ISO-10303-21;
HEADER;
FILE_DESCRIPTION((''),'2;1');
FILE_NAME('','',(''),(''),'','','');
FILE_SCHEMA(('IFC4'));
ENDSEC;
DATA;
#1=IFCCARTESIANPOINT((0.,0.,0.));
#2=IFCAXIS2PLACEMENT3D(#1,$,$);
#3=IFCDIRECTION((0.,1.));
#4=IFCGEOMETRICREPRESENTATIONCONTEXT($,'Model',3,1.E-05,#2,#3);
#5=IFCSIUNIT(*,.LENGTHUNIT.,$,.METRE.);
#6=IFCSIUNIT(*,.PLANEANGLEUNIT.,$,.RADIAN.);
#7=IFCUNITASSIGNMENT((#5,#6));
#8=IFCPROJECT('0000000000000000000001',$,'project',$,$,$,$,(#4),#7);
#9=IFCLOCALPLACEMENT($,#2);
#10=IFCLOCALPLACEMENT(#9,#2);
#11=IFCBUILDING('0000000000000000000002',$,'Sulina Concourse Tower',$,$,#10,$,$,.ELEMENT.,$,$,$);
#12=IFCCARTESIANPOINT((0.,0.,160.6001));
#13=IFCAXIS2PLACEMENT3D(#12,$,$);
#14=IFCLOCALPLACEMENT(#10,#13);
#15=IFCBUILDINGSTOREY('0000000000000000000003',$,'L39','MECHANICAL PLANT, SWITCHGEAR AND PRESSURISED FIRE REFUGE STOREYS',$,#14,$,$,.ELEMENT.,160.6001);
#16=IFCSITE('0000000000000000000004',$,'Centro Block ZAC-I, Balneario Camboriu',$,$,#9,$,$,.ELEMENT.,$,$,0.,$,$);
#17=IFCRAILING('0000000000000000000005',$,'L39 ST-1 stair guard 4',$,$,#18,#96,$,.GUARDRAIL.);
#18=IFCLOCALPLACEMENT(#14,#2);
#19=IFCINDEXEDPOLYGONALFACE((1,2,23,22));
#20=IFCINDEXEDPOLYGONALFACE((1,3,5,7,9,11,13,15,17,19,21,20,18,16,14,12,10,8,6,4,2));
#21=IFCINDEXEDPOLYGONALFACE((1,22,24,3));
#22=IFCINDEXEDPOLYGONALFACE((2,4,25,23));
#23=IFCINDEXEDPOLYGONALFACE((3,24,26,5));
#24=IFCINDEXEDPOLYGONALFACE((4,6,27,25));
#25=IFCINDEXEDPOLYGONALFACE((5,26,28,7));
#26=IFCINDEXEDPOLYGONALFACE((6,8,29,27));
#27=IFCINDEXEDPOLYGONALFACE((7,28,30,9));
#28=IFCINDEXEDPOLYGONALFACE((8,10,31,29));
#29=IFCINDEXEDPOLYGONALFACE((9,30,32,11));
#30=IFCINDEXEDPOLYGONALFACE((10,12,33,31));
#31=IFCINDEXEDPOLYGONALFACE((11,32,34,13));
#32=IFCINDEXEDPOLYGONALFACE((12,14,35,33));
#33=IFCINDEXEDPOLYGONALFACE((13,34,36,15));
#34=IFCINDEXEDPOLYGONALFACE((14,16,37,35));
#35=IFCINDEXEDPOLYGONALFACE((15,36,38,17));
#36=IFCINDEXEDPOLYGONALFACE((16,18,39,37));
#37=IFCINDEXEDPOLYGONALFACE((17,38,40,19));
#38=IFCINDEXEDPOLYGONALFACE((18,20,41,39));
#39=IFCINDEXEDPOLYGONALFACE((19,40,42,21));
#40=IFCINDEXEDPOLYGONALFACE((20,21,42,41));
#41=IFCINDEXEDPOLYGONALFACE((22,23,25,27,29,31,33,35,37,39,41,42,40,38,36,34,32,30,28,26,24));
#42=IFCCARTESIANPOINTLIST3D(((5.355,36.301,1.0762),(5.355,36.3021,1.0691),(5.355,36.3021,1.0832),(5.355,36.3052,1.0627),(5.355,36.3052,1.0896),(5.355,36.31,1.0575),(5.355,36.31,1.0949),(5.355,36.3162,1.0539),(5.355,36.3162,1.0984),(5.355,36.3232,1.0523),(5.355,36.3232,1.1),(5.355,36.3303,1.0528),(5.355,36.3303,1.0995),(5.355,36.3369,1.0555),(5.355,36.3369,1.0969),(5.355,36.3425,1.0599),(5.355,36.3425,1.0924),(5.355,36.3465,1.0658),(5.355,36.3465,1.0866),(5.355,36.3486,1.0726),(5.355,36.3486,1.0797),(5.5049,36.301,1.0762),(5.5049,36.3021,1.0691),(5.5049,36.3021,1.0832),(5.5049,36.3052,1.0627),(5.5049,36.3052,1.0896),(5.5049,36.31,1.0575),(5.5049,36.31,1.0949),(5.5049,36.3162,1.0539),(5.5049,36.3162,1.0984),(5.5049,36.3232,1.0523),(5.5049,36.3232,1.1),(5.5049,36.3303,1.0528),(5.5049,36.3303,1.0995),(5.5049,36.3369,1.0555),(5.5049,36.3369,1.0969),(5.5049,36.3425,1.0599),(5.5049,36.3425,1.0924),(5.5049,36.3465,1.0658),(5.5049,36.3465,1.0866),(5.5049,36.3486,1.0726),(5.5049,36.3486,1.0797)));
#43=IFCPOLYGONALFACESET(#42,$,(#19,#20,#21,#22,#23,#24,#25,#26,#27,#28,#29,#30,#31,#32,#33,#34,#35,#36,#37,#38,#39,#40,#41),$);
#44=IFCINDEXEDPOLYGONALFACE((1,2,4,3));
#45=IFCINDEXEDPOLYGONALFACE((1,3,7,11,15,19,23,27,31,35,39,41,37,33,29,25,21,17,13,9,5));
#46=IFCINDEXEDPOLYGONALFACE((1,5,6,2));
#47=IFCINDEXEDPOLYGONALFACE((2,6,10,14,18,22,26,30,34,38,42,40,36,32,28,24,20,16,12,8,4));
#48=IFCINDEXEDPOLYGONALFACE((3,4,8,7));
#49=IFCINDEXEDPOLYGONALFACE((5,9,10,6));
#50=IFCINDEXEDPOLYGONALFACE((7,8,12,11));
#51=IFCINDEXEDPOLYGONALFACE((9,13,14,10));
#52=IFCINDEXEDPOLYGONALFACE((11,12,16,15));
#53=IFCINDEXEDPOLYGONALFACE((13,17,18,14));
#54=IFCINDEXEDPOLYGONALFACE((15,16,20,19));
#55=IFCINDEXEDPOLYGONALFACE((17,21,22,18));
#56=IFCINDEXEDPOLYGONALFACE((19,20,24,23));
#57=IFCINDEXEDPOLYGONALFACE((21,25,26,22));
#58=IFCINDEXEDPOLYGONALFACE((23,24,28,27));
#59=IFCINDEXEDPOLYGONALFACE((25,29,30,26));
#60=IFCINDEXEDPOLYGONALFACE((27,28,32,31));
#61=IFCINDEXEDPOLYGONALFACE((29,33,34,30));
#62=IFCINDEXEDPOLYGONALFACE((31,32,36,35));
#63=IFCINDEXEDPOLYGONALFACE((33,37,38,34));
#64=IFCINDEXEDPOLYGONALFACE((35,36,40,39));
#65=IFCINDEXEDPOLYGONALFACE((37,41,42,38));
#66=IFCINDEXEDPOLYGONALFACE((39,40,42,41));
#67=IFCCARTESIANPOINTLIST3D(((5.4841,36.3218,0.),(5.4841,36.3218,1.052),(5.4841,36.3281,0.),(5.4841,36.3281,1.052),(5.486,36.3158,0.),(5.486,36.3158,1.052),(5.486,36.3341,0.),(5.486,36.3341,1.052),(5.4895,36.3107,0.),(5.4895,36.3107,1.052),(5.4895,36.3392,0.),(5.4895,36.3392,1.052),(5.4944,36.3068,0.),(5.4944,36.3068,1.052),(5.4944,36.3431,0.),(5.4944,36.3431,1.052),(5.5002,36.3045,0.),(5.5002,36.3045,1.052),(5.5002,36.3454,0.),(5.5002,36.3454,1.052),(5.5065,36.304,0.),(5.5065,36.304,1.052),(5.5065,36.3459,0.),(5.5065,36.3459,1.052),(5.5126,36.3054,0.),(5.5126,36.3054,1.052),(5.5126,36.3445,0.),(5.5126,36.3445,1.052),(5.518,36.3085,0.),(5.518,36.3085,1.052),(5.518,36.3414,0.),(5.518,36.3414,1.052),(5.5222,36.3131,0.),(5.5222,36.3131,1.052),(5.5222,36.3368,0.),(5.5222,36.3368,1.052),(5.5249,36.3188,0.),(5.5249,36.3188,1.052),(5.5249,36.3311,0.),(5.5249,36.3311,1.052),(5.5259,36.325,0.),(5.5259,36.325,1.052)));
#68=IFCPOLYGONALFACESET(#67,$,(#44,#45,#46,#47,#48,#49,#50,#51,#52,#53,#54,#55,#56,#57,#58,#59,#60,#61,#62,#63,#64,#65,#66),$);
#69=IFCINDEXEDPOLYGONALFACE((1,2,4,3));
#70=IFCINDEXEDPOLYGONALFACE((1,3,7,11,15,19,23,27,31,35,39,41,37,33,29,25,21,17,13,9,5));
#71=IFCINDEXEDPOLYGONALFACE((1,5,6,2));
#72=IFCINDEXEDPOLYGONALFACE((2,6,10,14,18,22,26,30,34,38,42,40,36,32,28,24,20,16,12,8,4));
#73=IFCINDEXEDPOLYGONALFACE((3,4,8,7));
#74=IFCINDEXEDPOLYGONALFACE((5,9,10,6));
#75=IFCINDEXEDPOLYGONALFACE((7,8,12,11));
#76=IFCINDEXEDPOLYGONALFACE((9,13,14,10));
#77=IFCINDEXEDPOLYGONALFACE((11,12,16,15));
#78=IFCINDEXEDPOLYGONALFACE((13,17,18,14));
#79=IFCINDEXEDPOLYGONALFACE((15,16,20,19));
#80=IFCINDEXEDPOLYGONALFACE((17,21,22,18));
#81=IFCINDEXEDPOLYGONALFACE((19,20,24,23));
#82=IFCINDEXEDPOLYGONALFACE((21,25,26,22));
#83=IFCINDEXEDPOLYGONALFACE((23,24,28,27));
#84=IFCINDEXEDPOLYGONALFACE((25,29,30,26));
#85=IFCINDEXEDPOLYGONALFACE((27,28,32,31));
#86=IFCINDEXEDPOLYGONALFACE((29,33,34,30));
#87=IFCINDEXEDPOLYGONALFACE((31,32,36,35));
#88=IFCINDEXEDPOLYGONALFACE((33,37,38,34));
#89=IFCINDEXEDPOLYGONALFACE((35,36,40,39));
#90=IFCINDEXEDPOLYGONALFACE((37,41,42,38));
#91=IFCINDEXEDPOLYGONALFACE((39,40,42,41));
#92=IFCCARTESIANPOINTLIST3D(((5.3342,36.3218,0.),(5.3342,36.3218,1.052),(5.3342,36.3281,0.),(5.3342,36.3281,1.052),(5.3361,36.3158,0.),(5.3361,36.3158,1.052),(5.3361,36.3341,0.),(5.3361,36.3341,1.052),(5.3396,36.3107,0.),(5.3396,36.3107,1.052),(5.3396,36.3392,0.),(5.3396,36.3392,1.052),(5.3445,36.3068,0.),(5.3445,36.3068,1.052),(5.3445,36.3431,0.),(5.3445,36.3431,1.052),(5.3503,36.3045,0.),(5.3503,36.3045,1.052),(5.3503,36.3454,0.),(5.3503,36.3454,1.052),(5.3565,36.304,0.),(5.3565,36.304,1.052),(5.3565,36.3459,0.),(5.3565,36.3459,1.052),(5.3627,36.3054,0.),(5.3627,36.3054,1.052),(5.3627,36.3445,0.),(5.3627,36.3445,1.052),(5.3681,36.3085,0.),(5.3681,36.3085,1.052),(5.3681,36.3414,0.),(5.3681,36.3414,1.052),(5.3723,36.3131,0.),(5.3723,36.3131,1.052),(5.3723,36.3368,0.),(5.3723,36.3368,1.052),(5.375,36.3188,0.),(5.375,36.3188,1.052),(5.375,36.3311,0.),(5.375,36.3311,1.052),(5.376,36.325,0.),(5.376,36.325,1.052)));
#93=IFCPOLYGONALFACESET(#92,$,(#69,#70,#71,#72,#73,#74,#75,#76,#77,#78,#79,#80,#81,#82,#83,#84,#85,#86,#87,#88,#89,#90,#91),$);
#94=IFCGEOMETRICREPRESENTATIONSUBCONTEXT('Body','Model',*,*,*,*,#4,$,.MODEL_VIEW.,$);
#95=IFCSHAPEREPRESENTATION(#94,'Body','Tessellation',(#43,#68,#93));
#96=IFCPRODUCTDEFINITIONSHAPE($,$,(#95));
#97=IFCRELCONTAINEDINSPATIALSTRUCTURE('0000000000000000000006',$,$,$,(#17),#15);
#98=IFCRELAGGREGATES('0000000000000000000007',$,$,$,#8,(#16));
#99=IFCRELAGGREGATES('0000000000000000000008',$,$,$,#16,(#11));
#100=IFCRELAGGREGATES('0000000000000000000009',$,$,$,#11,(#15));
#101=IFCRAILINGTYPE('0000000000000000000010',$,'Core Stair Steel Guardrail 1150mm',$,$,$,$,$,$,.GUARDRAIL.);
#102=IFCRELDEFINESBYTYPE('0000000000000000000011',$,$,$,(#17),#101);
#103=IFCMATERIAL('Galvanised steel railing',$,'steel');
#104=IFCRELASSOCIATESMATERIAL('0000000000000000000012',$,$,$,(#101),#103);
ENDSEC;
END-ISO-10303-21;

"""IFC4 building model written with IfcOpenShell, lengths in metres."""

from ifc_helpers import new_model, si_unit, direction, frame, origin, origin_2d, place, context, subcontext, project, spatial, circle, extrude, material, type_object, element, save


model = new_model("IFC4")

# Units and contexts
model_context = context("Model", 3, precision=1e-05, world=origin(), true_north=direction((0.0, 1.0)))
body_context = subcontext(model_context, "Body", "Model", "MODEL_VIEW")
ifc_project = project(units=[si_unit("LENGTHUNIT", "METRE"), si_unit("PLANEANGLEUNIT", "RADIAN")], contexts=[model_context])

# Site, building, storey
site_placement = place(None, origin())
site = spatial("IfcSite", under=ifc_project, at=site_placement, Name="Centro Block ZAC-I, Balneario Camboriu", CompositionType="ELEMENT", RefElevation=0.0)
building_placement = place(site_placement, origin())
building = spatial("IfcBuilding", under=site, at=building_placement, Name="Sulina Concourse Tower", CompositionType="ELEMENT")
storey_placement = place(building_placement, frame((0.0, 0.0, 160.6001)))
storey = spatial("IfcBuildingStorey", under=building, at=storey_placement, Name="L39", Description="MECHANICAL PLANT, SWITCHGEAR AND PRESSURISED FIRE REFUGE STOREYS", CompositionType="ELEMENT", Elevation=160.6001)

# Railing
ifc_material_1 = material(Name="Galvanised steel railing", Category="steel")
railing_type_1 = type_object("IfcRailingType", Name="Core Stair Steel Guardrail 1150mm", PredefinedType="GUARDRAIL", material=ifc_material_1)
railing_1_placement = place(storey_placement, frame((5.5049, 36.325, 0.0)))
element("IfcRailing", 1, at=railing_1_placement, inside=storey, type_object=railing_type_1, Name="L39 ST-1 stair guard 4", PredefinedType="GUARDRAIL", context=body_context, shape_type="SweptSolid", body=[
    extrude(circle(Radius=0.0239, at=origin_2d()), frame((0.0, 0.0, 1.0762), z_axis=(-1.0, 0.0, 0.0), x_axis=(0.0, -1.0, 0.0)), (0.0, 0.0, 1.0), 0.1499),
    extrude(circle(Radius=0.021, at=origin_2d()), origin(), (0.0, 0.0, 1.0), 1.052),
    extrude(circle(Radius=0.021, at=origin_2d()), frame((-0.1499, 0.0, 0.0)), (0.0, 0.0, 1.0), 1.052),
])

save(model, "model.ifc")
